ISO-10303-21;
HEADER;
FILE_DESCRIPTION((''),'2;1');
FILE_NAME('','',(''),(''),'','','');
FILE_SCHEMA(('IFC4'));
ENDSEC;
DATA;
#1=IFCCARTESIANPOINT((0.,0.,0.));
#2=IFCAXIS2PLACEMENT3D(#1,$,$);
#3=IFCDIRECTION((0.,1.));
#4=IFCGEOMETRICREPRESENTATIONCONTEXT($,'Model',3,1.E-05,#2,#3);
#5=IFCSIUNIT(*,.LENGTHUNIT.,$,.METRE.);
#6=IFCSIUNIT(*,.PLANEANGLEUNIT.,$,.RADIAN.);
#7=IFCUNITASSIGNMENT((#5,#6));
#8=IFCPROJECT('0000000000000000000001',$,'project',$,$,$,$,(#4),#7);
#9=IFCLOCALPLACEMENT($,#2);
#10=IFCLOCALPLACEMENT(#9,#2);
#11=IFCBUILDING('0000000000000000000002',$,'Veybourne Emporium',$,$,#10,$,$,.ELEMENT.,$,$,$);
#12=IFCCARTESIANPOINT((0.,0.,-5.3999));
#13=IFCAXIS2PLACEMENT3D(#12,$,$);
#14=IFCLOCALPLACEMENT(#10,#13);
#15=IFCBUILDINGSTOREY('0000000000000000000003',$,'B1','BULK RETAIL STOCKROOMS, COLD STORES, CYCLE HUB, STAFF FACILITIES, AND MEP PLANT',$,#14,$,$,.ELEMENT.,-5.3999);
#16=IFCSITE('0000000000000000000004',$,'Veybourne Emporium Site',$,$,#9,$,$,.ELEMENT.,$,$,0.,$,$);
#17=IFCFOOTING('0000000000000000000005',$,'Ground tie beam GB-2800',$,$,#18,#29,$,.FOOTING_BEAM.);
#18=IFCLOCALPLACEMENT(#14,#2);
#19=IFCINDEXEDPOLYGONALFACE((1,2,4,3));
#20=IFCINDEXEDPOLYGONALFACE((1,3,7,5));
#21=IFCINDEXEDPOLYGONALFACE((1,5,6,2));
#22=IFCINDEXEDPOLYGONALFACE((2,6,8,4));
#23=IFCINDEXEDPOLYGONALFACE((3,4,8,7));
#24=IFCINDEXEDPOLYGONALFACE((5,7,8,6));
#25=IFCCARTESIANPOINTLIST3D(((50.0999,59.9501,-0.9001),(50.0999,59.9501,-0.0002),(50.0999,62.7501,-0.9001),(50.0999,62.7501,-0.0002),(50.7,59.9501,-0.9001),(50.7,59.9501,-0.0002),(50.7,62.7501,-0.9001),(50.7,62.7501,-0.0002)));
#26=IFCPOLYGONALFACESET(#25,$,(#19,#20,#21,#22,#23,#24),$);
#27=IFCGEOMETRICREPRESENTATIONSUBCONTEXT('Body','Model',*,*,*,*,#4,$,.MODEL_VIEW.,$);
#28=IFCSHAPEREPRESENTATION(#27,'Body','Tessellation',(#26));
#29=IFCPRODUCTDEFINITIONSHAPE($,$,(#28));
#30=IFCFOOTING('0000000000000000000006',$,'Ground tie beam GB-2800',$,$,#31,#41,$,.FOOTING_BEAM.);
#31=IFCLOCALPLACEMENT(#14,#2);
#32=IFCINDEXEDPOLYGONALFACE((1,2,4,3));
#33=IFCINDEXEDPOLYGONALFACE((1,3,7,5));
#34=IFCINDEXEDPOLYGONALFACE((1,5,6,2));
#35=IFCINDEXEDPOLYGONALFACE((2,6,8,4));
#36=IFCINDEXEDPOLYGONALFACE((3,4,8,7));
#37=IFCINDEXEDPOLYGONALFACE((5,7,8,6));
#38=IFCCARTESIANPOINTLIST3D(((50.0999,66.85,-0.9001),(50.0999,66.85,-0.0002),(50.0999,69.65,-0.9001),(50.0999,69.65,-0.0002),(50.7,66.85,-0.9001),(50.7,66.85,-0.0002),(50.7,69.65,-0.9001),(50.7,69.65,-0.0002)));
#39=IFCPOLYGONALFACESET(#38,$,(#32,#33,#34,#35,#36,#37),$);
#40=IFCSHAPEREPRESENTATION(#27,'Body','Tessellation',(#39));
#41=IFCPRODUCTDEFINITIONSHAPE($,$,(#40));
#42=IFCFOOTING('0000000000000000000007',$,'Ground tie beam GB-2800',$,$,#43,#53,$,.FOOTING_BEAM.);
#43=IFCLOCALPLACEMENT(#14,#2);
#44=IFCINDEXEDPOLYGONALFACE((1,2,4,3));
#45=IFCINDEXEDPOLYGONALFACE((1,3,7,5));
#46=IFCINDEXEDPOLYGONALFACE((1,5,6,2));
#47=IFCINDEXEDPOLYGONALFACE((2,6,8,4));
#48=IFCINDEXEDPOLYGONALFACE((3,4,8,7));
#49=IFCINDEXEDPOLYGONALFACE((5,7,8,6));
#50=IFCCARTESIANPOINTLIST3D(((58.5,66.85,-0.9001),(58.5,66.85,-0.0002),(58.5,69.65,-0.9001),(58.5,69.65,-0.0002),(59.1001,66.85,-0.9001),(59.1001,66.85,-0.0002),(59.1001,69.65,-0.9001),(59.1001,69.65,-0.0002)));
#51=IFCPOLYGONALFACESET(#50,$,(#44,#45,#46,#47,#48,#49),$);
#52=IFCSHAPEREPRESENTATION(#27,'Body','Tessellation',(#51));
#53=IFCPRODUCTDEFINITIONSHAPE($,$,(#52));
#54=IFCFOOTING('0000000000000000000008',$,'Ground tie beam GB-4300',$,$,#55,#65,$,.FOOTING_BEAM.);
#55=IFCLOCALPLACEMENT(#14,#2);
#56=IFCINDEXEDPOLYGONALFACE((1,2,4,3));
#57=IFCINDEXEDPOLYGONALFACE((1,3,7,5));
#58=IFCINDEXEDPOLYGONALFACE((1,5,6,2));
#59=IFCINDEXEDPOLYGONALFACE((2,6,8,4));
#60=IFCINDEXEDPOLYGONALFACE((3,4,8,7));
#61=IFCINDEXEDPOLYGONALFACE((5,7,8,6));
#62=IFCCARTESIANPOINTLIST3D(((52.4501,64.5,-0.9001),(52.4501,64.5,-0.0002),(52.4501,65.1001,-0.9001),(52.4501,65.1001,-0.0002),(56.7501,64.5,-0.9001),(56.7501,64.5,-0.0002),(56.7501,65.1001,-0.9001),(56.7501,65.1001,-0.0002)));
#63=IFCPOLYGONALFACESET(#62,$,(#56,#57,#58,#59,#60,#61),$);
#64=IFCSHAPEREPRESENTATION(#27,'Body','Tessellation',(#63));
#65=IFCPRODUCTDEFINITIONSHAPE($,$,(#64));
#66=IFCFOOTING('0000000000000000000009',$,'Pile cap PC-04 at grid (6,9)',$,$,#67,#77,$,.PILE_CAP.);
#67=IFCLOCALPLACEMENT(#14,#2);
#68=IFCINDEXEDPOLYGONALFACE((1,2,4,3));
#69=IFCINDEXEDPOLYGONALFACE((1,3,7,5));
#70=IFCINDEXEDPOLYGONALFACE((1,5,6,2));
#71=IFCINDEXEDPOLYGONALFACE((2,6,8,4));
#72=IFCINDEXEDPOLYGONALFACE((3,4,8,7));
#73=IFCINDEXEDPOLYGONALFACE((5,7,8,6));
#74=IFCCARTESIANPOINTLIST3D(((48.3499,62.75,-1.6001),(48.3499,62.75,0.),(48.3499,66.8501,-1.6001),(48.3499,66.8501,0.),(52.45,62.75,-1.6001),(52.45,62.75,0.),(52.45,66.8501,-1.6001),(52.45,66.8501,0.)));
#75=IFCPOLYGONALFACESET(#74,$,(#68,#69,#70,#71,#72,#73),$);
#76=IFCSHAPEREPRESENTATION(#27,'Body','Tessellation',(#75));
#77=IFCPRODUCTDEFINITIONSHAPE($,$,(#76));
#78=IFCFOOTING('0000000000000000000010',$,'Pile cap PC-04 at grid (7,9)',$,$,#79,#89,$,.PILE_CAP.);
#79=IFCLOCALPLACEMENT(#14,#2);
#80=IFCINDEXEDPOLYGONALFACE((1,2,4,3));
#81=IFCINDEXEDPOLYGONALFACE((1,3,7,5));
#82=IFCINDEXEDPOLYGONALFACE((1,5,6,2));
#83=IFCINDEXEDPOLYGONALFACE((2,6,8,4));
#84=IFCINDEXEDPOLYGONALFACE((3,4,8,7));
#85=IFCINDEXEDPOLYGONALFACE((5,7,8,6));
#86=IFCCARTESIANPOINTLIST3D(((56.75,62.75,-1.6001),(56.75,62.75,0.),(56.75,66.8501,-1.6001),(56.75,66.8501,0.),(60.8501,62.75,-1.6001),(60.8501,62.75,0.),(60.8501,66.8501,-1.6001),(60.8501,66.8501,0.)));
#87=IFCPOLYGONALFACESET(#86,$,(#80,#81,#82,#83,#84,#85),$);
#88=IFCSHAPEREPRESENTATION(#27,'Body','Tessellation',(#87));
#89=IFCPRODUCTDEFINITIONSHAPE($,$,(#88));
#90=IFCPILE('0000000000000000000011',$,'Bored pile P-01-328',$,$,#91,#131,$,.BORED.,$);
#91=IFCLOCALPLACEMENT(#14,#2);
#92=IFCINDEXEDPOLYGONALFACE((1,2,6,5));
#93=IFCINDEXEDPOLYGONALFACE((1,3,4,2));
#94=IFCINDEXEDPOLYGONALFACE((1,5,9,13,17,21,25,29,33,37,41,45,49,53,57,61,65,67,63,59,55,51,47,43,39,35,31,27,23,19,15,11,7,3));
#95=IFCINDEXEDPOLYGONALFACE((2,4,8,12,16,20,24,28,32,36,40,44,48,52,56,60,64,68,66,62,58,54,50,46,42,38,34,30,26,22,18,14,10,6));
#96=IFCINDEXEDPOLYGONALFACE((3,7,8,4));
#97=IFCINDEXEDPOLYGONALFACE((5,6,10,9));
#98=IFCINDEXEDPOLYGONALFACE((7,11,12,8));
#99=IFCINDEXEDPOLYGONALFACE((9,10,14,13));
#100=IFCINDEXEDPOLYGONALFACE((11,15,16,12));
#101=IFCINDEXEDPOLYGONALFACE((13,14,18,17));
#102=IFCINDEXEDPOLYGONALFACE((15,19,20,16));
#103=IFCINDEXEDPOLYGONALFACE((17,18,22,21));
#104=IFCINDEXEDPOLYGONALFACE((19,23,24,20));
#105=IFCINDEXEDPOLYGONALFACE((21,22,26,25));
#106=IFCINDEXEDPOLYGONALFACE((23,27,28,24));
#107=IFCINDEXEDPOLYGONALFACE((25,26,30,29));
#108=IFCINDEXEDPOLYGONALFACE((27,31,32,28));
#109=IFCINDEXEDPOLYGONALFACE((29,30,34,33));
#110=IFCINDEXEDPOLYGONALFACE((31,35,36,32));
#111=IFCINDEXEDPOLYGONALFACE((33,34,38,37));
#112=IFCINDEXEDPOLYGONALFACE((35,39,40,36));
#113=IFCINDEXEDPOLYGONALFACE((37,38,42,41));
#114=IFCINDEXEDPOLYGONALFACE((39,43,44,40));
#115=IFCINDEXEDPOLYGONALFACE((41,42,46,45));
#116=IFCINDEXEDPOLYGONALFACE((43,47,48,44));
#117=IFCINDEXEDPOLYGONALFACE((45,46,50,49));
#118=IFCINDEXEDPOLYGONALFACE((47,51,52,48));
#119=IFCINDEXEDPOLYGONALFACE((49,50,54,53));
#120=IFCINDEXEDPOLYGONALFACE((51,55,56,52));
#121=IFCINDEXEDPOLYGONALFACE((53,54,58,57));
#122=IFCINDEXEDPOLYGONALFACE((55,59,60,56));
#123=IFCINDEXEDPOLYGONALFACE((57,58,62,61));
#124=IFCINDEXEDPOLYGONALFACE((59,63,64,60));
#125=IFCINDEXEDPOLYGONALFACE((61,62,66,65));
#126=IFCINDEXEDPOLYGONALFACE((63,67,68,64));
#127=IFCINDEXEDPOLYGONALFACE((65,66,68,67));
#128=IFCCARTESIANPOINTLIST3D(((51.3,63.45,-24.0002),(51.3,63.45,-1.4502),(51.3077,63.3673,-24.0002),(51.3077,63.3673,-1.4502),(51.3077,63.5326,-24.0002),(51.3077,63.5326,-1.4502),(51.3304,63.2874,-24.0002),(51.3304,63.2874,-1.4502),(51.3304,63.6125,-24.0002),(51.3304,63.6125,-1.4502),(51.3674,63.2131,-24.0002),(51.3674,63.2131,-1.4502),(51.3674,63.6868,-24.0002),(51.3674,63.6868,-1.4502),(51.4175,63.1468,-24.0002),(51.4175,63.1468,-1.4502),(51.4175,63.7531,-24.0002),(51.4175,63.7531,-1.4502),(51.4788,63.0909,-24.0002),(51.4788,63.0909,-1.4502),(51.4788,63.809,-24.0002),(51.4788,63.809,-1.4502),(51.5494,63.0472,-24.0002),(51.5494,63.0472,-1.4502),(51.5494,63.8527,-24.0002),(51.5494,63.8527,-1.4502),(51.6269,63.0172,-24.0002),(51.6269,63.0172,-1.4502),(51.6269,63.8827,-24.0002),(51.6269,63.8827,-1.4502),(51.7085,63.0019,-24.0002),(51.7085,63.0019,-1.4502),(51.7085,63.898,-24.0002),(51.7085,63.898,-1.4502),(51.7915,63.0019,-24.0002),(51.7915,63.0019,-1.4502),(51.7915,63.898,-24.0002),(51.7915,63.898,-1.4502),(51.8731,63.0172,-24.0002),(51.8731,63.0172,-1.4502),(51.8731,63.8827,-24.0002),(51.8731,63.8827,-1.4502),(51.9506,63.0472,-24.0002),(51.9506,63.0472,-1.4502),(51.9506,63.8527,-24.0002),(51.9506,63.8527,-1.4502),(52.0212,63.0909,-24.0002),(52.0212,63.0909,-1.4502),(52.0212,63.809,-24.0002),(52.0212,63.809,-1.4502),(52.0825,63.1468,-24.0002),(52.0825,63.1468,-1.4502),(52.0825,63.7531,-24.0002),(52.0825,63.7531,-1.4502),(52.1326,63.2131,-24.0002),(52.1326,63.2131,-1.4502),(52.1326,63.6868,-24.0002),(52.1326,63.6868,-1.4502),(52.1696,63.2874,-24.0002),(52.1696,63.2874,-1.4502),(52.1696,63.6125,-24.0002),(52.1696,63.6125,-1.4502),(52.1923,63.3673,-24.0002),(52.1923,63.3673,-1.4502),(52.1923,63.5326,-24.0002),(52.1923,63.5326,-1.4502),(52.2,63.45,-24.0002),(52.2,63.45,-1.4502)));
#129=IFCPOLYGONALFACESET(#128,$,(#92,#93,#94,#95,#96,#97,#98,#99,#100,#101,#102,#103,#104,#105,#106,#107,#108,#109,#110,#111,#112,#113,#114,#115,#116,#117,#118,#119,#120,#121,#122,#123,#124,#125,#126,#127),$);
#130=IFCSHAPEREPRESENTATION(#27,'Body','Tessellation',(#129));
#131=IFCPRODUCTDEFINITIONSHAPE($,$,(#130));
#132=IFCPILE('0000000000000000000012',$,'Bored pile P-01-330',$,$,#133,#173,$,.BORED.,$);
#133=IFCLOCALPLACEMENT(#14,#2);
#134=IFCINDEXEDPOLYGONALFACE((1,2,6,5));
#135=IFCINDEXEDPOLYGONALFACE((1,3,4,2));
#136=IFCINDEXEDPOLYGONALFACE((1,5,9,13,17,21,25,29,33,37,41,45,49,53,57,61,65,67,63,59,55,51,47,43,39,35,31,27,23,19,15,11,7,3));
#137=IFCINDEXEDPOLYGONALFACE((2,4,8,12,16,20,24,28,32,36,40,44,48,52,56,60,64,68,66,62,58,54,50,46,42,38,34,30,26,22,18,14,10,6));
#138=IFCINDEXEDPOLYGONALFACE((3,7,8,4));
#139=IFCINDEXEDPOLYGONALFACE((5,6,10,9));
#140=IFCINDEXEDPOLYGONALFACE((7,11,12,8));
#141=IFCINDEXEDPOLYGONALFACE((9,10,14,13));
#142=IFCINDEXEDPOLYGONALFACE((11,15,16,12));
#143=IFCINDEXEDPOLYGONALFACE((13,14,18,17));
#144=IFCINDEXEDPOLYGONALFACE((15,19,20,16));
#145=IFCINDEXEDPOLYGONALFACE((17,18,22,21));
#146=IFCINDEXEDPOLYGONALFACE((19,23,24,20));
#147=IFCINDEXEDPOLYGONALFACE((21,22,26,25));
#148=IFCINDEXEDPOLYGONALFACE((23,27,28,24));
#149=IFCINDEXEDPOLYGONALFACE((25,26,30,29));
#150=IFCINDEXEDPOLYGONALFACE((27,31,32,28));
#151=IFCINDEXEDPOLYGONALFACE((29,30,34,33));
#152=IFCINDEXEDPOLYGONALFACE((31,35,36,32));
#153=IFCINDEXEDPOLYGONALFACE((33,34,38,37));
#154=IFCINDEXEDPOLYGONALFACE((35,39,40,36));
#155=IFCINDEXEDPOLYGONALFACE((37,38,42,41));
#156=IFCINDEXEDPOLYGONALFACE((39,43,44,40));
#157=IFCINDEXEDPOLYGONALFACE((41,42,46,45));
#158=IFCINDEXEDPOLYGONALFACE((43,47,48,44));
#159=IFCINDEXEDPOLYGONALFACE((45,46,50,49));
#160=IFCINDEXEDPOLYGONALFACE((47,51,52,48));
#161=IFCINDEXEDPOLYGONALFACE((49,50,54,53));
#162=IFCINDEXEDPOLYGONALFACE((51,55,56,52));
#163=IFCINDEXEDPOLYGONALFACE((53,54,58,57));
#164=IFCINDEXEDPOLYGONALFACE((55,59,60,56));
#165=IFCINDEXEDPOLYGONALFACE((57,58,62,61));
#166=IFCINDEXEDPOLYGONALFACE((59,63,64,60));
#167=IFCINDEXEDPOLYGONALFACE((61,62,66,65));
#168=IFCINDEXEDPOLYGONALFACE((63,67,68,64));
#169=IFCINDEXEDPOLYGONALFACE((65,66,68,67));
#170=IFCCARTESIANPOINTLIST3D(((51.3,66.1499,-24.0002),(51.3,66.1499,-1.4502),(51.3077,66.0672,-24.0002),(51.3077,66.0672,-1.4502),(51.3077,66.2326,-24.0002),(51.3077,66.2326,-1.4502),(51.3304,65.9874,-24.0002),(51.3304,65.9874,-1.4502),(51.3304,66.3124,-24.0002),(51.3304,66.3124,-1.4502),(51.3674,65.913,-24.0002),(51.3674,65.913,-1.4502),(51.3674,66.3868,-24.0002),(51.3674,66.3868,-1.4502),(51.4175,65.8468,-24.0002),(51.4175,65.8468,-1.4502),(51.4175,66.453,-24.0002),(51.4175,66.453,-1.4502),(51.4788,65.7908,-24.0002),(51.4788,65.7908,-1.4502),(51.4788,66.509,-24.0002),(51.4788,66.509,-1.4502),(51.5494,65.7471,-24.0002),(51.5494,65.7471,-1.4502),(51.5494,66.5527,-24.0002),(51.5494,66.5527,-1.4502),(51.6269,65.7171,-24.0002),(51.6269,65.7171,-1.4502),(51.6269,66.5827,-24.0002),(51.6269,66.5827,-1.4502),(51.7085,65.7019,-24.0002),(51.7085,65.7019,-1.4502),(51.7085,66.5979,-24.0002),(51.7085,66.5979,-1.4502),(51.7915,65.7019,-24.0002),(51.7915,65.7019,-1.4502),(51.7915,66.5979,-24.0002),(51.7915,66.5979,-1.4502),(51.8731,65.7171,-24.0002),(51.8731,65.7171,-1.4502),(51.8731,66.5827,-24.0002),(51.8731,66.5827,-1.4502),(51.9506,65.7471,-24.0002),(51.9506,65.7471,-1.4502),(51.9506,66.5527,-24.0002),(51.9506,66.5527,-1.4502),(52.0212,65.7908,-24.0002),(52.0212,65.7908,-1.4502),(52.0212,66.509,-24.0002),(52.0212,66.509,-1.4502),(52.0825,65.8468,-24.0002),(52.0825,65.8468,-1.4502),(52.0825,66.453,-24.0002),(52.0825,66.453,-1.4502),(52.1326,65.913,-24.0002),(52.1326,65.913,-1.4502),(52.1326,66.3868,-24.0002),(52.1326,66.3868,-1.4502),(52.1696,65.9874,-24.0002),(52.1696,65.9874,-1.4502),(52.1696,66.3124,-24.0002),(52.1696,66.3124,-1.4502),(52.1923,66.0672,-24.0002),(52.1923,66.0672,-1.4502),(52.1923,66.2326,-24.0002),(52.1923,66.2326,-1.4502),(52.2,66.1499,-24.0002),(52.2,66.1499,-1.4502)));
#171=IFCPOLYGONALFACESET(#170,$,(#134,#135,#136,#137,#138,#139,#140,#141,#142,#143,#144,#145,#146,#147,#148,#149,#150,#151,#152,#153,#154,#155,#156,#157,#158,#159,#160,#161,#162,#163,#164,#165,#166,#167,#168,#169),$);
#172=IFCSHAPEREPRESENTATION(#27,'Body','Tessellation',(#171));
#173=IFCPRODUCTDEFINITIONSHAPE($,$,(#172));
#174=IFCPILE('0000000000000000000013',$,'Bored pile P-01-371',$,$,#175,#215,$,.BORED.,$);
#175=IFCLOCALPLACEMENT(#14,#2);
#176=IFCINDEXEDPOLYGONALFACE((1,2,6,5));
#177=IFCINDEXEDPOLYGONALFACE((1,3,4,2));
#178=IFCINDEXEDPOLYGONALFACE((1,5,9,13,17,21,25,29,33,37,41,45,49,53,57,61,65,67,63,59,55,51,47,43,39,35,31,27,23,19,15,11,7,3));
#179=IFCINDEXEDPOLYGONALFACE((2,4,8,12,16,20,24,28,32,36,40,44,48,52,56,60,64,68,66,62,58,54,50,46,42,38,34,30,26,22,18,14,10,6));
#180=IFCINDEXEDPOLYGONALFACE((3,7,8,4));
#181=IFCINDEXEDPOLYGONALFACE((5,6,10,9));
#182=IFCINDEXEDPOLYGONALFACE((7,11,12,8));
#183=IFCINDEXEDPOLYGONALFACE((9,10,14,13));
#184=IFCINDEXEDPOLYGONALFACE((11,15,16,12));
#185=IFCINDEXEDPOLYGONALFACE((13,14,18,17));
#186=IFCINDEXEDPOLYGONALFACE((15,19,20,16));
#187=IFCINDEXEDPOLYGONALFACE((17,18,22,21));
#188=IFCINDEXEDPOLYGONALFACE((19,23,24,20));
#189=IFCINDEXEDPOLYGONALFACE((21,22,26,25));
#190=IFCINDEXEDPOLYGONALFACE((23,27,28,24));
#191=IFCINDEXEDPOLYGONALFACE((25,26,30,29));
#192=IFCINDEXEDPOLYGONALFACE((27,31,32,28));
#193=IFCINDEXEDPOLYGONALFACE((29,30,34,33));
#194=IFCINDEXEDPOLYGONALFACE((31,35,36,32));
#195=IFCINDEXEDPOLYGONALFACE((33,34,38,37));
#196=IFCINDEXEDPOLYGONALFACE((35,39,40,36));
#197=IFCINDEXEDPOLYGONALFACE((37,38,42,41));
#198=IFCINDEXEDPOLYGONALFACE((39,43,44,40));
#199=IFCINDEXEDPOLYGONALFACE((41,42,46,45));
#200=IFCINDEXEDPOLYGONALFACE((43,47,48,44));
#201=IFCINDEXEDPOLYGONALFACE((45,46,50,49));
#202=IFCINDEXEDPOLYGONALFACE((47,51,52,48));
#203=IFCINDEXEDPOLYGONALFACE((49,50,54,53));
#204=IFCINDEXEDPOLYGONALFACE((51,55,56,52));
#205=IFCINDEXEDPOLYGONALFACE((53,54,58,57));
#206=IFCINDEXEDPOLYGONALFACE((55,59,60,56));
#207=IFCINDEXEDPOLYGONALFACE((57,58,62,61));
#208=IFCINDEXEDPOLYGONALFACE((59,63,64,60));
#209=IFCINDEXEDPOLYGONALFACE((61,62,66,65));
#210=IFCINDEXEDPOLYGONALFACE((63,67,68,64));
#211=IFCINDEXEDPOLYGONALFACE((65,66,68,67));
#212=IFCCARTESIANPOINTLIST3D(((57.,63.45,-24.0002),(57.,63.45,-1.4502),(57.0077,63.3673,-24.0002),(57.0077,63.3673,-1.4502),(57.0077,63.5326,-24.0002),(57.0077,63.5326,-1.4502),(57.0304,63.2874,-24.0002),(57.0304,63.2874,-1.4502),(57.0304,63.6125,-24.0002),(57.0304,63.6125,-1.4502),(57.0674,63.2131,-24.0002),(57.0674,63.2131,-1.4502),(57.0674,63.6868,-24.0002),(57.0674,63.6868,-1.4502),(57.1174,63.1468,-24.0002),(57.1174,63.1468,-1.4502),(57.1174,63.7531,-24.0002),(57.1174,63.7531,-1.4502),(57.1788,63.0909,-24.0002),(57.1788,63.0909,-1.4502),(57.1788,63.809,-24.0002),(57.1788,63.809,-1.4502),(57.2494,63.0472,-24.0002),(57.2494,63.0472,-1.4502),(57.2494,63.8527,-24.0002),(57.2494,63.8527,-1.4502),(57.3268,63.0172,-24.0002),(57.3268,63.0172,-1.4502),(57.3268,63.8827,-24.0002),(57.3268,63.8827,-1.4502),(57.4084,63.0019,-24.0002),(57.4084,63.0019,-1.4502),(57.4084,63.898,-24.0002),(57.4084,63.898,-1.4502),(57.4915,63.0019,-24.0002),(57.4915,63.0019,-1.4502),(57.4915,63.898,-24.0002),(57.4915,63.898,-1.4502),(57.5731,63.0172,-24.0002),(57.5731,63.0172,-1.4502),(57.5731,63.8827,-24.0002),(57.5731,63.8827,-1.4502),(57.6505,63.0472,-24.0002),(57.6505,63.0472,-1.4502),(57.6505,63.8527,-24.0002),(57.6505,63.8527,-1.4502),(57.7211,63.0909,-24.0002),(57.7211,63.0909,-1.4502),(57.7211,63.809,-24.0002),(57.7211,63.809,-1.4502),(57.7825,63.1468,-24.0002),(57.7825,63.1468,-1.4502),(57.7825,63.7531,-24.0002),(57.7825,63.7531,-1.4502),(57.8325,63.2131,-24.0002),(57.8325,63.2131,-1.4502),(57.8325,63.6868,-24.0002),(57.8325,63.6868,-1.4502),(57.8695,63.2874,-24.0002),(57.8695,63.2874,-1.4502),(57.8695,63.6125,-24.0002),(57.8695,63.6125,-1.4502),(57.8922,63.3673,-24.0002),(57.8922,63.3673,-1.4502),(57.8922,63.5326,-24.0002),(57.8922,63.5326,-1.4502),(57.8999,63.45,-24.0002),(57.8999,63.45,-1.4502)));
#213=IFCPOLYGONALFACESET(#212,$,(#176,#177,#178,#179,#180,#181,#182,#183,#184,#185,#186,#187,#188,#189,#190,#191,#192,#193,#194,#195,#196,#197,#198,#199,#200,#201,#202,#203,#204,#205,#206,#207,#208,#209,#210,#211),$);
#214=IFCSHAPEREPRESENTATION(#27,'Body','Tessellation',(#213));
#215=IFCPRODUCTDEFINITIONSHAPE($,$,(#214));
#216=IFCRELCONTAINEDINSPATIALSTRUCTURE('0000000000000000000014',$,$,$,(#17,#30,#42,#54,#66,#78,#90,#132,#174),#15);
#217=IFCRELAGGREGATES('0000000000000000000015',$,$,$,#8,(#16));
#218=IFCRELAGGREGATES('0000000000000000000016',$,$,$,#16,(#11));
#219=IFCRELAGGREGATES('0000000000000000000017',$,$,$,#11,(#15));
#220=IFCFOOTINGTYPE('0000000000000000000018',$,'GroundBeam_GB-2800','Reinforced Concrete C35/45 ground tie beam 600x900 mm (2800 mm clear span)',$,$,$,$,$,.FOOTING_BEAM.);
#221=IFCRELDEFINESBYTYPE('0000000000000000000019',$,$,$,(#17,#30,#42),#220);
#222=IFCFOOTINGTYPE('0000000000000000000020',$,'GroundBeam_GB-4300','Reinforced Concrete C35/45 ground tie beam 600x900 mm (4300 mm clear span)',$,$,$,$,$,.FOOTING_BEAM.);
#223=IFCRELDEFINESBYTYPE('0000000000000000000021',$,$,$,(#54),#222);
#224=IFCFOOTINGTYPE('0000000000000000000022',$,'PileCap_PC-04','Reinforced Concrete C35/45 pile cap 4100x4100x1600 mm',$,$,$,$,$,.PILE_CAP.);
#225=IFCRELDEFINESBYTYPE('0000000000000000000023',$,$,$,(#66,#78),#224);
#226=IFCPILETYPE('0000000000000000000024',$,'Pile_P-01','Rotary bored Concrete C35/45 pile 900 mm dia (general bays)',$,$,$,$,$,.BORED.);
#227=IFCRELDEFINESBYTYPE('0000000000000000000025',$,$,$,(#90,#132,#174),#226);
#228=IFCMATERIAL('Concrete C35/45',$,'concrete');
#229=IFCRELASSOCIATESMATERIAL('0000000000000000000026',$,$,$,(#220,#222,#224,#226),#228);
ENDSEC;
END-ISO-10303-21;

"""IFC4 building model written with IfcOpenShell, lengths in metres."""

from ifc_helpers import new_model, si_unit, direction, frame, origin, origin_2d, place, context, subcontext, project, spatial, rectangle, circle, extrude, material, material_profile, profile_set, type_object, element, save


model = new_model("IFC4")

# Units and contexts
model_context = context("Model", 3, precision=1e-05, world=origin(), true_north=direction((0.0, 1.0)))
body_context = subcontext(model_context, "Body", "Model", "MODEL_VIEW")
ifc_project = project(units=[si_unit("LENGTHUNIT", "METRE"), si_unit("PLANEANGLEUNIT", "RADIAN")], contexts=[model_context])

# Site, building, storey
site_placement = place(None, origin())
site = spatial("IfcSite", under=ifc_project, at=site_placement, Name="Veybourne Emporium Site", CompositionType="ELEMENT", RefElevation=0.0)
building_placement = place(site_placement, origin())
building = spatial("IfcBuilding", under=site, at=building_placement, Name="Veybourne Emporium", CompositionType="ELEMENT")
storey_placement = place(building_placement, frame((0.0, 0.0, -5.3999)))
storey = spatial("IfcBuildingStorey", under=building, at=storey_placement, Name="B1", Description="BULK RETAIL STOCKROOMS, COLD STORES, CYCLE HUB, STAFF FACILITIES, AND MEP PLANT", CompositionType="ELEMENT", Elevation=-5.3999)

# Footings
ifc_material_1 = material(Name="Concrete C35/45", Category="concrete")
footing_type_1 = type_object("IfcFootingType", Name="GroundBeam_GB-2800", Description="Reinforced Concrete C35/45 ground tie beam 600x900 mm (2800 mm clear span)", PredefinedType="FOOTING_BEAM", material=ifc_material_1)
for number, where, z_axis, x_axis, name in (
    (1, (50.3999, 61.3501, -0.9001), (0.0, 0.0, 1.0), (0.0, 1.0, 0.0), "Ground tie beam GB-2800"),
    (2, (50.3999, 68.25, -0.9001), (0.0, 0.0, 1.0), (0.0, 1.0, 0.0), "Ground tie beam GB-2800"),
    (3, (58.8, 68.25, -0.9001), (0.0, 0.0, 1.0), (0.0, 1.0, 0.0), "Ground tie beam GB-2800"),
):
    element("IfcFooting", number, at=place(storey_placement, frame(where, z_axis=z_axis, x_axis=x_axis)), inside=storey, type_object=footing_type_1, Name=name, PredefinedType="FOOTING_BEAM", context=body_context, shape_type="SweptSolid", body=[
        extrude(rectangle(XDim=2.8, YDim=0.6001, at=origin_2d()), origin(), (0.0, 0.0, 1.0), 0.8999),
    ])
footing_type_2 = type_object("IfcFootingType", Name="GroundBeam_GB-4300", Description="Reinforced Concrete C35/45 ground tie beam 600x900 mm (4300 mm clear span)", PredefinedType="FOOTING_BEAM", material=ifc_material_1)
footing_placement = place(storey_placement, frame((54.6001, 64.8, -0.9001), z_axis=(0.0, 0.0, 1.0), x_axis=(1.0, 0.0, 0.0)))
element("IfcFooting", 4, at=footing_placement, inside=storey, type_object=footing_type_2, Name="Ground tie beam GB-4300", PredefinedType="FOOTING_BEAM", context=body_context, shape_type="SweptSolid", body=[
    extrude(rectangle(XDim=4.3, YDim=0.6001, at=origin_2d()), origin(), (0.0, 0.0, 1.0), 0.8999),
])
footing_type_3 = type_object("IfcFootingType", Name="PileCap_PC-04", Description="Reinforced Concrete C35/45 pile cap 4100x4100x1600 mm", PredefinedType="PILE_CAP", material=ifc_material_1)
for number, where, z_axis, x_axis, name in (
    (5, (50.3999, 64.8, -1.6001), (0.0, 0.0, 1.0), (1.0, 0.0, 0.0), "Pile cap PC-04 at grid (6,9)"),
    (6, (58.8, 64.8, -1.6001), (0.0, 0.0, 1.0), (1.0, 0.0, 0.0), "Pile cap PC-04 at grid (7,9)"),
):
    element("IfcFooting", number, at=place(storey_placement, frame(where, z_axis=z_axis, x_axis=x_axis)), inside=storey, type_object=footing_type_3, Name=name, PredefinedType="PILE_CAP", context=body_context, shape_type="SweptSolid", body=[
        extrude(rectangle(XDim=4.1001, YDim=4.1001, at=origin_2d()), origin(), (0.0, 0.0, 1.0), 1.6001),
    ])

# Piles
ifc_material_profile_1 = material_profile(ifc_material_1, circle(Radius=0.45, at=origin_2d()), Name="BORED PILE 900")
ifc_profile_set_1 = profile_set([ifc_material_profile_1], Name="Concrete C35/45")
pile_type_1 = type_object("IfcPileType", Name="Pile_P-01", Description="Rotary bored Concrete C35/45 pile 900 mm dia (general bays)", PredefinedType="BORED", material=ifc_profile_set_1)
for number, where, z_axis, x_axis, name in (
    (7, (51.75, 63.45, -1.4502), (0.0, 0.0, -1.0), (1.0, 0.0, 0.0), "Bored pile P-01-328"),
    (8, (51.75, 66.1499, -1.4502), (0.0, 0.0, -1.0), (1.0, 0.0, 0.0), "Bored pile P-01-330"),
    (9, (57.45, 63.45, -1.4502), (0.0, 0.0, -1.0), (1.0, 0.0, 0.0), "Bored pile P-01-371"),
):
    element("IfcPile", number, at=place(storey_placement, frame(where, z_axis=z_axis, x_axis=x_axis)), inside=storey, type_object=pile_type_1, Name=name, PredefinedType="BORED", context=body_context, shape_type="SweptSolid", body=[
        extrude(circle(Radius=0.45, at=origin_2d()), origin(), (0.0, 0.0, 1.0), 22.55),
    ])

save(model, "model.ifc")
